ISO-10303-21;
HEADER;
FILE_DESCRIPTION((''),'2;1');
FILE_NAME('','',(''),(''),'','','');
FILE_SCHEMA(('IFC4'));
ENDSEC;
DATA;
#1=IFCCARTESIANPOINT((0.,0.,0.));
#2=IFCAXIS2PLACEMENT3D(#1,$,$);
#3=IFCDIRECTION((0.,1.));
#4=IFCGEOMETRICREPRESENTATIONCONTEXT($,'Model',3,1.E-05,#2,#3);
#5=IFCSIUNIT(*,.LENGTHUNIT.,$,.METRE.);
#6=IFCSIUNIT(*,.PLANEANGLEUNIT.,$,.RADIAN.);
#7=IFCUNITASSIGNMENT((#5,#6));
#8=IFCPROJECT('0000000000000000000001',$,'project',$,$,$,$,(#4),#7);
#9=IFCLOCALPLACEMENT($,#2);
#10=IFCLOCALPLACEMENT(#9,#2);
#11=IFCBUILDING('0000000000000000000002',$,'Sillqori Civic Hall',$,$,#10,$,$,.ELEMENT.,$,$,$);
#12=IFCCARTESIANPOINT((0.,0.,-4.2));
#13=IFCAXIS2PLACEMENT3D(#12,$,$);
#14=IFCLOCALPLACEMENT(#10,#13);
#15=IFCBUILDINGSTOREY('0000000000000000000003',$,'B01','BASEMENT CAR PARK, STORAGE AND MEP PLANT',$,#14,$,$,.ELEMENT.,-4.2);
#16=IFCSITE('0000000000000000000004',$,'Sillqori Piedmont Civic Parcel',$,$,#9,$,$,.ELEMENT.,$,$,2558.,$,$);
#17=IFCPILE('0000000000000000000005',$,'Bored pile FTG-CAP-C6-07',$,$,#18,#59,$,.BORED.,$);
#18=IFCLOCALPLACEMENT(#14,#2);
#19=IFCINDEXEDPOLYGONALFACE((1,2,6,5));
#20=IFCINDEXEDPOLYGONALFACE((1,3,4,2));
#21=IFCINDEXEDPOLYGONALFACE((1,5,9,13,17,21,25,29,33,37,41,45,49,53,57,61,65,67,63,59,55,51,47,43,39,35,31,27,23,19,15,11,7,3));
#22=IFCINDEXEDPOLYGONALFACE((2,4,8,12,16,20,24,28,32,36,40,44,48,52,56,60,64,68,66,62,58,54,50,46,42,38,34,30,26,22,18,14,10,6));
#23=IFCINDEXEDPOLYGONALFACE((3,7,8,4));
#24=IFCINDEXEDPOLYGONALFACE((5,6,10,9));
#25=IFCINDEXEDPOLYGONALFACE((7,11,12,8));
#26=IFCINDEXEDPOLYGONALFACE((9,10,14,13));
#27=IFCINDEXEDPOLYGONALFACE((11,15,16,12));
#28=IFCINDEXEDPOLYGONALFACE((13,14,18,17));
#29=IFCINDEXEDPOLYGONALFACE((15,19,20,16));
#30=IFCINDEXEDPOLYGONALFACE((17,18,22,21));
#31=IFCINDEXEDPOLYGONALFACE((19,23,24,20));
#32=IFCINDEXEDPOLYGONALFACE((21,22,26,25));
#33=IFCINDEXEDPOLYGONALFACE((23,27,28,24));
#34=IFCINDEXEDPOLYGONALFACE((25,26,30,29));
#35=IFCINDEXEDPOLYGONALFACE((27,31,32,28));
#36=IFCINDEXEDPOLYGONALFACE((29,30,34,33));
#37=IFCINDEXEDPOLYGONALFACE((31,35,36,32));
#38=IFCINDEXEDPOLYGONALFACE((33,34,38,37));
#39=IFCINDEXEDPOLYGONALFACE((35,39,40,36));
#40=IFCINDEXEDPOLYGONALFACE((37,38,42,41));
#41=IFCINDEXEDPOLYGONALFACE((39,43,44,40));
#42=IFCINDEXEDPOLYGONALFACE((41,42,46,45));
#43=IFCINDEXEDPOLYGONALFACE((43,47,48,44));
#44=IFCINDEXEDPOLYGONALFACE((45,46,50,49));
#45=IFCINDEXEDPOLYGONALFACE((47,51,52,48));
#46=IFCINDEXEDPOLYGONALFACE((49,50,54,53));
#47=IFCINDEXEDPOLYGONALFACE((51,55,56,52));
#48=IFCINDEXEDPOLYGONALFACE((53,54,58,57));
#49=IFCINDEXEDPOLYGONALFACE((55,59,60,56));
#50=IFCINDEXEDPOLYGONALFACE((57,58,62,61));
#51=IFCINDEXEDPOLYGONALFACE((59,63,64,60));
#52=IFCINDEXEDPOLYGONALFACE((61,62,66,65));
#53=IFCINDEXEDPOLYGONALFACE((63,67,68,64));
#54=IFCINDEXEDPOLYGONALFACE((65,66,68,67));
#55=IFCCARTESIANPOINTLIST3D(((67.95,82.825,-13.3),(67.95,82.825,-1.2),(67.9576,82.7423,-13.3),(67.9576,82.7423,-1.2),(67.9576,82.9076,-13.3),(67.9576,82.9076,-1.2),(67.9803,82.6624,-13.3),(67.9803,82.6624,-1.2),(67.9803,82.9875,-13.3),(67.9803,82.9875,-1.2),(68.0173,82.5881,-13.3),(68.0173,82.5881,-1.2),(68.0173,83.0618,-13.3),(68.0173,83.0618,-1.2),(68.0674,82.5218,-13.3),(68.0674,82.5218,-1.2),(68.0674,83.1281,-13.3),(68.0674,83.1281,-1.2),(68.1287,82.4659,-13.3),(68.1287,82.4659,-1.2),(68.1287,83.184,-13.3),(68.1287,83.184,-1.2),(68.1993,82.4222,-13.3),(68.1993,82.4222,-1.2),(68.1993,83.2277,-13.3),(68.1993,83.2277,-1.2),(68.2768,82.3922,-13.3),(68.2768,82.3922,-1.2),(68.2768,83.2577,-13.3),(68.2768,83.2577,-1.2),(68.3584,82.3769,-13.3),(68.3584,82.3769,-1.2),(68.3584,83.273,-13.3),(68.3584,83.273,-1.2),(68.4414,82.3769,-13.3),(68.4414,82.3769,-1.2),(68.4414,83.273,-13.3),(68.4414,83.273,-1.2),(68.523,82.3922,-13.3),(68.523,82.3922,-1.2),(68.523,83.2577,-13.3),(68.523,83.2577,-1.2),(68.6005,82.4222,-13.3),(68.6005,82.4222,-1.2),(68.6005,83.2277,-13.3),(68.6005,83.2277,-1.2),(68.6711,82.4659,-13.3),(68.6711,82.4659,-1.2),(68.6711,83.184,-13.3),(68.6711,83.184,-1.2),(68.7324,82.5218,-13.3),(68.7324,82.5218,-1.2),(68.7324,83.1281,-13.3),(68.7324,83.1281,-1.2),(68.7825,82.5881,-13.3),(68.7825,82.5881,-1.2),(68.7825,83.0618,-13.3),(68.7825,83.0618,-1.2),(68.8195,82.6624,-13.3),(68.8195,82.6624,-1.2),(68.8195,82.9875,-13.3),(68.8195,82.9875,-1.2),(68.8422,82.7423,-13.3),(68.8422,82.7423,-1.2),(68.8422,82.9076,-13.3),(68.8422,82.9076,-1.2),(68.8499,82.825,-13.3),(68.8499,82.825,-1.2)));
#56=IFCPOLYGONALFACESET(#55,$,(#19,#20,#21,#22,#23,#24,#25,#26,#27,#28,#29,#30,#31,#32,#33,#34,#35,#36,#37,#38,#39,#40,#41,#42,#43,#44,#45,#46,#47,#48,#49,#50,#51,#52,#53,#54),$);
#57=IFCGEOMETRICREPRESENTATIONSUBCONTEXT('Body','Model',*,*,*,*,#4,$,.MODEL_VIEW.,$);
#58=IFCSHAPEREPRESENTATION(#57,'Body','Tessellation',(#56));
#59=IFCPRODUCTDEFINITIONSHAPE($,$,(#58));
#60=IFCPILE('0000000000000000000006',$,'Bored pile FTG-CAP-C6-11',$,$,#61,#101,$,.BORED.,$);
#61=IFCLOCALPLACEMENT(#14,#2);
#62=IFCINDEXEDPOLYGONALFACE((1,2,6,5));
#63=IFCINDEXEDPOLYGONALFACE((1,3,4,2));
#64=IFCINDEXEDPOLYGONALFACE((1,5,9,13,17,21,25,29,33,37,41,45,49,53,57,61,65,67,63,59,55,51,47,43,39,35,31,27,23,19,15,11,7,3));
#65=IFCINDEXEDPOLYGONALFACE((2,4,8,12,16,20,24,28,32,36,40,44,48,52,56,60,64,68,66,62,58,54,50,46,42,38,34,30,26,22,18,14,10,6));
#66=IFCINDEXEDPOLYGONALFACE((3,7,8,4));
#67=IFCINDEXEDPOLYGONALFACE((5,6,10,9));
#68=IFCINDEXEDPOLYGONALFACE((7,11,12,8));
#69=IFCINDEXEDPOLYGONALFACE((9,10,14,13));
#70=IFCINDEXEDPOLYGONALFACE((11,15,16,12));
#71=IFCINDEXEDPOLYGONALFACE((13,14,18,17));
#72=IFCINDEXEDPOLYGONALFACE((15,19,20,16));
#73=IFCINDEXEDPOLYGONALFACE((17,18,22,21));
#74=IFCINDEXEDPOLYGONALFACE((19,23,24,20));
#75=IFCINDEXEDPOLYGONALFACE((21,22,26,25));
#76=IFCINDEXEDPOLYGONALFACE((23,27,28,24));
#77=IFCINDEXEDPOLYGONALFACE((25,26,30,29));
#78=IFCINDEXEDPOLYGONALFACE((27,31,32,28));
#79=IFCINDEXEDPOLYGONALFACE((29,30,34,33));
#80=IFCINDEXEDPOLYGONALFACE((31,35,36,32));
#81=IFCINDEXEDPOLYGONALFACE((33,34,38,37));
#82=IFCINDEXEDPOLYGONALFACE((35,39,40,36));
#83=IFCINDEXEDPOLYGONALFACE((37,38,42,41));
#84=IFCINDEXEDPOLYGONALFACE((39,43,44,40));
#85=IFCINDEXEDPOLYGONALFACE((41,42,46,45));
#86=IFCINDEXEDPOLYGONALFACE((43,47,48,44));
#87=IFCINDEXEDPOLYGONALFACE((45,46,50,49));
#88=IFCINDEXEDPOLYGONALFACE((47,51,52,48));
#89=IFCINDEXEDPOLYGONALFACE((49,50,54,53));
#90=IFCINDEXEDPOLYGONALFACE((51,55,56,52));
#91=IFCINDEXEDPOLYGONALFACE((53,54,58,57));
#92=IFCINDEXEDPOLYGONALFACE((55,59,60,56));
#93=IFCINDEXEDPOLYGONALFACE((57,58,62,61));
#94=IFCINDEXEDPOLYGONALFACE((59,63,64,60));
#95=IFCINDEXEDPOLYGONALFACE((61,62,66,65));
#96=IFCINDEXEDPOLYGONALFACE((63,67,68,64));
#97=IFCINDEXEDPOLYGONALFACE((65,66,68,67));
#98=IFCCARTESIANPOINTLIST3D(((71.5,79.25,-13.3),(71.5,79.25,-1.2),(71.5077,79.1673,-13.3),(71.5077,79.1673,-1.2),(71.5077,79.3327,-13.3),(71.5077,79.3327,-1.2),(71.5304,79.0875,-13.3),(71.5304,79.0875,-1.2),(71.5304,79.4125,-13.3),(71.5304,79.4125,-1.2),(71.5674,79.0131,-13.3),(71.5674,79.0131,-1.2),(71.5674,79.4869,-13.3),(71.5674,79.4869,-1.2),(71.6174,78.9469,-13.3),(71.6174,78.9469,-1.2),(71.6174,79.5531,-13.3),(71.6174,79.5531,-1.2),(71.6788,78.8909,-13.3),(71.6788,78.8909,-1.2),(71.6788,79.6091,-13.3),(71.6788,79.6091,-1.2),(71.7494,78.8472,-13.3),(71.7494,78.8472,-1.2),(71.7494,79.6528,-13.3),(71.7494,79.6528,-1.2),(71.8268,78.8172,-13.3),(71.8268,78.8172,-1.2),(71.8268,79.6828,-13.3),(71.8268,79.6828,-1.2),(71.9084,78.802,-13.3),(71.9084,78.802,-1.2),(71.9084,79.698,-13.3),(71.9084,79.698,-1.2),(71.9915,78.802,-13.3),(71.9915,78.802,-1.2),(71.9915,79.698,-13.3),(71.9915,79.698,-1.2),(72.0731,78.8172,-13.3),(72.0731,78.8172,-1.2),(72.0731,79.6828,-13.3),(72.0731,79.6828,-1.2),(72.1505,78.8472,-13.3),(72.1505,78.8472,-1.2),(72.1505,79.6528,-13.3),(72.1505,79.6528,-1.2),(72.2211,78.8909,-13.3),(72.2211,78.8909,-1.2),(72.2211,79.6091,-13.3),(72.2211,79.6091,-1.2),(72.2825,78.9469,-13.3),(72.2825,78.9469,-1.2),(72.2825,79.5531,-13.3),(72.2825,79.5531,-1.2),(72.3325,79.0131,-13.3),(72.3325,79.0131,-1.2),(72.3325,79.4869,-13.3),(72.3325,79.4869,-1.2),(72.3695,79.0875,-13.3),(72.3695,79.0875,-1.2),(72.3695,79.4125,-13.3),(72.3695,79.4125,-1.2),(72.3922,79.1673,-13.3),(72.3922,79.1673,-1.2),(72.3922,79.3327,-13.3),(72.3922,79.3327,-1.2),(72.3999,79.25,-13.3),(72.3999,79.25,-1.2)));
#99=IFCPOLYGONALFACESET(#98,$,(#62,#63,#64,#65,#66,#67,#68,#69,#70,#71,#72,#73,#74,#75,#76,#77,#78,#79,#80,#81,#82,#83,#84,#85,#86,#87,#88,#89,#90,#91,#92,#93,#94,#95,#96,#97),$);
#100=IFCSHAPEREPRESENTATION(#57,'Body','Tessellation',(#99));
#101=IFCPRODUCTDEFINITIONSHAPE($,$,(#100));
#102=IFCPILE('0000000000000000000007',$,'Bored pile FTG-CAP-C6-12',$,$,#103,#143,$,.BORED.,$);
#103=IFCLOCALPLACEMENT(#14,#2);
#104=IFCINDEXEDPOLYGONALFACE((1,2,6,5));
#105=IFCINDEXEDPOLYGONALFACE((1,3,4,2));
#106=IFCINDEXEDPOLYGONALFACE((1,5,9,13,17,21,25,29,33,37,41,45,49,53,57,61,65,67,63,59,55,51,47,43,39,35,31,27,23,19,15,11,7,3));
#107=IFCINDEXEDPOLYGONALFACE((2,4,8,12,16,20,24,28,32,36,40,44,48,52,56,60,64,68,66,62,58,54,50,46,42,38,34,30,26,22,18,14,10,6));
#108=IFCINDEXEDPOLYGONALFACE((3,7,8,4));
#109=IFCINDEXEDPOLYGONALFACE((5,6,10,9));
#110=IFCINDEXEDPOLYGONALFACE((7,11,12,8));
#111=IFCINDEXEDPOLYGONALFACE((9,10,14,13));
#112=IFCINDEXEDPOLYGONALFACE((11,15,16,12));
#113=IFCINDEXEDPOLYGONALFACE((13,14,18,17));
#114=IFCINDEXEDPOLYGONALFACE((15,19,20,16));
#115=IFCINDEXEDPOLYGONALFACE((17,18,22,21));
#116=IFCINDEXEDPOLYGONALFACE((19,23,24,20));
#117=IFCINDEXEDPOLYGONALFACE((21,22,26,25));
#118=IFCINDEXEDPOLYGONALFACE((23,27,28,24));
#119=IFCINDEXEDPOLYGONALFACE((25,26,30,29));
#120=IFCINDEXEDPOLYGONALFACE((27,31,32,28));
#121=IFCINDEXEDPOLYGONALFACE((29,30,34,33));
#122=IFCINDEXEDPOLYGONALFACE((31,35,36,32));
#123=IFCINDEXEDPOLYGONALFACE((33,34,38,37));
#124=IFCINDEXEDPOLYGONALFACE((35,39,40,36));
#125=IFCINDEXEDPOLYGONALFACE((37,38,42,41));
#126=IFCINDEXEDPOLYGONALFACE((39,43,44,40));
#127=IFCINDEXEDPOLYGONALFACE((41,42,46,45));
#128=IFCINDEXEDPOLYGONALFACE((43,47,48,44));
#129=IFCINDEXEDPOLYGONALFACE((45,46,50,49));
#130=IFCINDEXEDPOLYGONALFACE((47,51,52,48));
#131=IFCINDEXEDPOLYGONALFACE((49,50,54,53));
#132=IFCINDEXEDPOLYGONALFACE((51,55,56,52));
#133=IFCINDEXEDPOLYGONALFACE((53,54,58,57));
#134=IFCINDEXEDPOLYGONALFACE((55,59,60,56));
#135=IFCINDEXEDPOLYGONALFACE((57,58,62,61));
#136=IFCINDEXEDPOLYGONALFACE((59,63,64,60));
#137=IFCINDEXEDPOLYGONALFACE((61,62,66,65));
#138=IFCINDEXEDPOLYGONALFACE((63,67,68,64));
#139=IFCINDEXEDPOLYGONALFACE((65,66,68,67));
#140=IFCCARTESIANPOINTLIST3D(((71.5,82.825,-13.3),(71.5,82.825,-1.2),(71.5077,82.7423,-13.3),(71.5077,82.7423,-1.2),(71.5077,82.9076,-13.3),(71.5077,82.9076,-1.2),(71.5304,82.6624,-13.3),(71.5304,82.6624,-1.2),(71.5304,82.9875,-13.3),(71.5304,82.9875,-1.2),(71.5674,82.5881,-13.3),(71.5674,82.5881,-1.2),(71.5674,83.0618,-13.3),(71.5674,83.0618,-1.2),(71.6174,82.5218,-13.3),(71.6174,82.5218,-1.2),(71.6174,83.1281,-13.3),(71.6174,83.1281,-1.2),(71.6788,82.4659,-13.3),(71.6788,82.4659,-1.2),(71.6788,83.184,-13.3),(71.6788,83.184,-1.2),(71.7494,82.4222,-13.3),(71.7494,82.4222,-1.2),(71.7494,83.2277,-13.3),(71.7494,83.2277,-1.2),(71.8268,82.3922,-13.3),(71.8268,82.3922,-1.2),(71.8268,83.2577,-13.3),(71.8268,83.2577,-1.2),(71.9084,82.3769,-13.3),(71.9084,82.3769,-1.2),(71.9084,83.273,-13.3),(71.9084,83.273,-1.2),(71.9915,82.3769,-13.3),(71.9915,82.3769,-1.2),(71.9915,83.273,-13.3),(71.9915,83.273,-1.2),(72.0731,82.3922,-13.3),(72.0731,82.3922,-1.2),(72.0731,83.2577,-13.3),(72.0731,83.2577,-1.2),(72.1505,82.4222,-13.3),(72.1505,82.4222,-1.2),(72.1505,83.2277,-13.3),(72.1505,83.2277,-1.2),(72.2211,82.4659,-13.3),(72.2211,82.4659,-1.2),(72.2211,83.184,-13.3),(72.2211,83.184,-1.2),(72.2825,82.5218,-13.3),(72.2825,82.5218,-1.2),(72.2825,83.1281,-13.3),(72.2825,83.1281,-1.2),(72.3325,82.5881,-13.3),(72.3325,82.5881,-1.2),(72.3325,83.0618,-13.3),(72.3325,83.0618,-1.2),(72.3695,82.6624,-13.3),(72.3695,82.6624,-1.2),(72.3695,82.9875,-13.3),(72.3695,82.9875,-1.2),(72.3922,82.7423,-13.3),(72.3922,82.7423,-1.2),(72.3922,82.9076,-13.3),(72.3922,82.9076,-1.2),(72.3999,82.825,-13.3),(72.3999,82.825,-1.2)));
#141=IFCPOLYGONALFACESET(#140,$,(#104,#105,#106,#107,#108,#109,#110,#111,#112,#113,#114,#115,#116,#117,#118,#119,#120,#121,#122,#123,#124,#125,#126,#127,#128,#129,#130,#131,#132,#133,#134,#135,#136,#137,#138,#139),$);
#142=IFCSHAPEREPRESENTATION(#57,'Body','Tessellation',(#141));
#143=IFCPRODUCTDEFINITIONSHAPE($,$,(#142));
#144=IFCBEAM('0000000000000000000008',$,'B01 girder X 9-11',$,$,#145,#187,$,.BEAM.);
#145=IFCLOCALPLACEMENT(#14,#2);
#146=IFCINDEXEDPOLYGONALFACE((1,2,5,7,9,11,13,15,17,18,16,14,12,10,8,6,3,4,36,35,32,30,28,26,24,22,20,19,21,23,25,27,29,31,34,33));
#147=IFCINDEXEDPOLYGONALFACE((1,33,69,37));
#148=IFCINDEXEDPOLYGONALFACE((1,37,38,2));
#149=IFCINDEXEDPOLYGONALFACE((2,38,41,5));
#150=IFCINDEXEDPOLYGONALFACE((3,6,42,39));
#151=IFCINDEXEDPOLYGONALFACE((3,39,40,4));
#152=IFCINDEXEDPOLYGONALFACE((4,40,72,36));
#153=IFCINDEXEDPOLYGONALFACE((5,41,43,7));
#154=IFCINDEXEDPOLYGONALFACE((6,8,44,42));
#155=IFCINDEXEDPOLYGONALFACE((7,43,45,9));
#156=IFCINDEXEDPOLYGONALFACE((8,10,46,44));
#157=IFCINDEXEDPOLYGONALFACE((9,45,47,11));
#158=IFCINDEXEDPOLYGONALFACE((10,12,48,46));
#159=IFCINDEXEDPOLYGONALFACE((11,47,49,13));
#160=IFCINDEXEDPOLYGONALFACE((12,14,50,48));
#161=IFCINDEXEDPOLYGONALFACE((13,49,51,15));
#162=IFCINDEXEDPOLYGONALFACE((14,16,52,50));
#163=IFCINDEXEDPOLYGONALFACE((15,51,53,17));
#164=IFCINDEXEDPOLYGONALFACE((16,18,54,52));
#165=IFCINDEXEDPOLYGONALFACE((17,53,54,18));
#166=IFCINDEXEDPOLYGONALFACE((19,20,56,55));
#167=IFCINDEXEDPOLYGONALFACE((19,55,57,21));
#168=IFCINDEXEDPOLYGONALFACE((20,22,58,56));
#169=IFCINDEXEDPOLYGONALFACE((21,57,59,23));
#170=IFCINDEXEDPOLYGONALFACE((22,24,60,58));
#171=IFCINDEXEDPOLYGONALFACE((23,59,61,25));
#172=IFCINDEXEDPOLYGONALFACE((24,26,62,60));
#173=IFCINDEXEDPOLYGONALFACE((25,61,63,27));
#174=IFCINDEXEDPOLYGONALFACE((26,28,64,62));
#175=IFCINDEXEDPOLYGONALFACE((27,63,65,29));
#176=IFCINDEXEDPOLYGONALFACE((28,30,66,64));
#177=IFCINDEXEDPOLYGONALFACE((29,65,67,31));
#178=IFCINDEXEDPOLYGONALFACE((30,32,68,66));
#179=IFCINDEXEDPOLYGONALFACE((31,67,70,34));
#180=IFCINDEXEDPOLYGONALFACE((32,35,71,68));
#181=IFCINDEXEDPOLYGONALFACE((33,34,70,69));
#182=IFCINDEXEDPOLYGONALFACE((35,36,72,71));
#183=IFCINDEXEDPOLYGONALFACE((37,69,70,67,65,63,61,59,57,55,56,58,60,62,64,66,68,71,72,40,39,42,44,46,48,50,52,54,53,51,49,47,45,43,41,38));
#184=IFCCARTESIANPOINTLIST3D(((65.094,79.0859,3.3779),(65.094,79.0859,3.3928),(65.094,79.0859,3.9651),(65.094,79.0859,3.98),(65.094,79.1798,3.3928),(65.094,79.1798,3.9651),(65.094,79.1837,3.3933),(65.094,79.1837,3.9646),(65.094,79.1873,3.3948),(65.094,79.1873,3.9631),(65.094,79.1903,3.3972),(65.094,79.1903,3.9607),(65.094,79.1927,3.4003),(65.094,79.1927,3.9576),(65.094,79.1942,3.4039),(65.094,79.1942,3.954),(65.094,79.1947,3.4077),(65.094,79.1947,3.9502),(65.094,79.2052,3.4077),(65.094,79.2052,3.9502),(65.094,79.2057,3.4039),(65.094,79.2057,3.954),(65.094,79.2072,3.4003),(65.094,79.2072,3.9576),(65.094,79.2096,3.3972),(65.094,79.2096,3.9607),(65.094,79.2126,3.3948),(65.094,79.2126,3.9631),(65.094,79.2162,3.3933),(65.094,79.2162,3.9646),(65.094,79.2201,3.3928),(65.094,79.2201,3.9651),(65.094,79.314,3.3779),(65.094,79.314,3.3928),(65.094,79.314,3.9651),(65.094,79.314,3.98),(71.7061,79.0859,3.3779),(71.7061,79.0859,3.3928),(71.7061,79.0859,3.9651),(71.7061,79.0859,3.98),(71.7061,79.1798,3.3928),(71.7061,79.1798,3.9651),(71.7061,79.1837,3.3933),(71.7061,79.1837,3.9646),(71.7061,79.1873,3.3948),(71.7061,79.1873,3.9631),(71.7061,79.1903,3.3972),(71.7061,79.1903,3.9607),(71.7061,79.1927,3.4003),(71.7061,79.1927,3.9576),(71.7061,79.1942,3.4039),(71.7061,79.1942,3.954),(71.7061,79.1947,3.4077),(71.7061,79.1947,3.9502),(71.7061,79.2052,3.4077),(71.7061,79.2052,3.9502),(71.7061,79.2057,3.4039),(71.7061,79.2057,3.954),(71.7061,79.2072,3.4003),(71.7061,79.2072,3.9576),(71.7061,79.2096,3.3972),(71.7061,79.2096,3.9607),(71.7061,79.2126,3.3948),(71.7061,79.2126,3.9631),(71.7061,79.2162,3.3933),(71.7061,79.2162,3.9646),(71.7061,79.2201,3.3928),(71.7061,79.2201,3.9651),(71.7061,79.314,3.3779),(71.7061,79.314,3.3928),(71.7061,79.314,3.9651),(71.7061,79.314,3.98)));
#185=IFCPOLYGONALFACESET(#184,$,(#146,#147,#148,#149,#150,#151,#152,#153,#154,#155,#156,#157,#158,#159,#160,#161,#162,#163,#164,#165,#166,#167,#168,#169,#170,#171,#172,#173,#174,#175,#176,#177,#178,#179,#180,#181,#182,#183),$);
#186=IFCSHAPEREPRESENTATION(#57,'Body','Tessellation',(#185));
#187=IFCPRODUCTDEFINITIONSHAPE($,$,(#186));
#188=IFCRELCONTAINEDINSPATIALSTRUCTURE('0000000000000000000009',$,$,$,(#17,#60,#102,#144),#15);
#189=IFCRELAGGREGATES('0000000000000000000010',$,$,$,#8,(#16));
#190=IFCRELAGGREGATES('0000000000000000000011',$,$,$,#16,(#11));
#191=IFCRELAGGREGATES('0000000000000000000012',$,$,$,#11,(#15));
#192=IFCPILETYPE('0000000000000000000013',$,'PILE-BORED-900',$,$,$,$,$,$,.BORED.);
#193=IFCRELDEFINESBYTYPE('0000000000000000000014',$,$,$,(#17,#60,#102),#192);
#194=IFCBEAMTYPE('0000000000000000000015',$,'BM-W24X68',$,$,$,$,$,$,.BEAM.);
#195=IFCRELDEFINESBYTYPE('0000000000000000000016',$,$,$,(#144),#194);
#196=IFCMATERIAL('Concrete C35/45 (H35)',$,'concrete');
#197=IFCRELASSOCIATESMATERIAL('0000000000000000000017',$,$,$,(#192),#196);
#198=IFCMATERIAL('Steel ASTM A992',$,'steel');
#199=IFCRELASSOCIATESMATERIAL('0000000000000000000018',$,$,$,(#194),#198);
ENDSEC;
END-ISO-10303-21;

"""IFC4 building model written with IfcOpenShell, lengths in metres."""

from ifc_helpers import new_model, si_unit, direction, frame, origin, origin_2d, place, context, subcontext, project, spatial, circle, i_section, extrude, material, material_profile, profile_set, type_object, element, save


model = new_model("IFC4")

# Units and contexts
model_context = context("Model", 3, precision=1e-05, world=origin(), true_north=direction((0.0, 1.0)))
body_context = subcontext(model_context, "Body", "Model", "MODEL_VIEW")
ifc_project = project(units=[si_unit("LENGTHUNIT", "METRE"), si_unit("PLANEANGLEUNIT", "RADIAN")], contexts=[model_context])

# Site, building, storey
site_placement = place(None, origin())
site = spatial("IfcSite", under=ifc_project, at=site_placement, Name="Sillqori Piedmont Civic Parcel", CompositionType="ELEMENT", RefElevation=2558.0)
building_placement = place(site_placement, origin())
building = spatial("IfcBuilding", under=site, at=building_placement, Name="Sillqori Civic Hall", CompositionType="ELEMENT")
storey_placement = place(building_placement, frame((0.0, 0.0, -4.2)))
storey = spatial("IfcBuildingStorey", under=building, at=storey_placement, Name="B01", Description="BASEMENT CAR PARK, STORAGE AND MEP PLANT", CompositionType="ELEMENT", Elevation=-4.2)

# Shared definitions
ifc_material_1 = material(Name="Concrete C35/45 (H35)", Category="concrete")

# Piles
ifc_material_profile_1 = material_profile(ifc_material_1, circle(Radius=0.45, at=origin_2d()), Name="BORED PILE 900")
ifc_profile_set_1 = profile_set([ifc_material_profile_1], Name="Concrete C35/45 (H35)")
pile_type = type_object("IfcPileType", Name="PILE-BORED-900", PredefinedType="BORED", material=ifc_profile_set_1)
for number, where, z_axis, x_axis, name in (
    (1, (68.3999, 82.825, -1.2), (0.0, 0.0, -1.0), (1.0, 0.0, 0.0), "Bored pile FTG-CAP-C6-07"),
    (2, (71.95, 79.25, -1.2), (0.0, 0.0, -1.0), (1.0, 0.0, 0.0), "Bored pile FTG-CAP-C6-11"),
    (3, (71.95, 82.825, -1.2), (0.0, 0.0, -1.0), (1.0, 0.0, 0.0), "Bored pile FTG-CAP-C6-12"),
):
    element("IfcPile", number, at=place(storey_placement, frame(where, z_axis=z_axis, x_axis=x_axis)), inside=storey, type_object=pile_type, Name=name, PredefinedType="BORED", context=body_context, shape_type="SweptSolid", body=[
        extrude(circle(Radius=0.45, at=origin_2d()), origin(), (0.0, 0.0, 1.0), 12.1001),
    ])

# Beam
ifc_material_2 = material(Name="Steel ASTM A992", Category="steel")
ifc_material_profile_2 = material_profile(ifc_material_2, i_section(OverallWidth=0.228, OverallDepth=0.6021, WebThickness=0.0105, FlangeThickness=0.0149, FilletRadius=0.0149, at=origin_2d()), Name="W24X68")
ifc_profile_set_2 = profile_set([ifc_material_profile_2], Name="Steel ASTM A992")
beam_type_1 = type_object("IfcBeamType", Name="BM-W24X68", PredefinedType="BEAM", material=ifc_profile_set_2)
beam_placement = place(storey_placement, frame((65.094, 79.2, 3.679), z_axis=(1.0, 0.0, 0.0), x_axis=(0.0, 1.0, 0.0)))
element("IfcBeam", 4, at=beam_placement, inside=storey, type_object=beam_type_1, Name="B01 girder X 9-11", PredefinedType="BEAM", context=body_context, shape_type="SweptSolid", body=[
    extrude(i_section(OverallWidth=0.228, OverallDepth=0.6021, WebThickness=0.0105, FlangeThickness=0.0149, FilletRadius=0.0149, at=origin_2d()), origin(), (0.0, 0.0, 1.0), 6.6121),
])

save(model, "model.ifc")
